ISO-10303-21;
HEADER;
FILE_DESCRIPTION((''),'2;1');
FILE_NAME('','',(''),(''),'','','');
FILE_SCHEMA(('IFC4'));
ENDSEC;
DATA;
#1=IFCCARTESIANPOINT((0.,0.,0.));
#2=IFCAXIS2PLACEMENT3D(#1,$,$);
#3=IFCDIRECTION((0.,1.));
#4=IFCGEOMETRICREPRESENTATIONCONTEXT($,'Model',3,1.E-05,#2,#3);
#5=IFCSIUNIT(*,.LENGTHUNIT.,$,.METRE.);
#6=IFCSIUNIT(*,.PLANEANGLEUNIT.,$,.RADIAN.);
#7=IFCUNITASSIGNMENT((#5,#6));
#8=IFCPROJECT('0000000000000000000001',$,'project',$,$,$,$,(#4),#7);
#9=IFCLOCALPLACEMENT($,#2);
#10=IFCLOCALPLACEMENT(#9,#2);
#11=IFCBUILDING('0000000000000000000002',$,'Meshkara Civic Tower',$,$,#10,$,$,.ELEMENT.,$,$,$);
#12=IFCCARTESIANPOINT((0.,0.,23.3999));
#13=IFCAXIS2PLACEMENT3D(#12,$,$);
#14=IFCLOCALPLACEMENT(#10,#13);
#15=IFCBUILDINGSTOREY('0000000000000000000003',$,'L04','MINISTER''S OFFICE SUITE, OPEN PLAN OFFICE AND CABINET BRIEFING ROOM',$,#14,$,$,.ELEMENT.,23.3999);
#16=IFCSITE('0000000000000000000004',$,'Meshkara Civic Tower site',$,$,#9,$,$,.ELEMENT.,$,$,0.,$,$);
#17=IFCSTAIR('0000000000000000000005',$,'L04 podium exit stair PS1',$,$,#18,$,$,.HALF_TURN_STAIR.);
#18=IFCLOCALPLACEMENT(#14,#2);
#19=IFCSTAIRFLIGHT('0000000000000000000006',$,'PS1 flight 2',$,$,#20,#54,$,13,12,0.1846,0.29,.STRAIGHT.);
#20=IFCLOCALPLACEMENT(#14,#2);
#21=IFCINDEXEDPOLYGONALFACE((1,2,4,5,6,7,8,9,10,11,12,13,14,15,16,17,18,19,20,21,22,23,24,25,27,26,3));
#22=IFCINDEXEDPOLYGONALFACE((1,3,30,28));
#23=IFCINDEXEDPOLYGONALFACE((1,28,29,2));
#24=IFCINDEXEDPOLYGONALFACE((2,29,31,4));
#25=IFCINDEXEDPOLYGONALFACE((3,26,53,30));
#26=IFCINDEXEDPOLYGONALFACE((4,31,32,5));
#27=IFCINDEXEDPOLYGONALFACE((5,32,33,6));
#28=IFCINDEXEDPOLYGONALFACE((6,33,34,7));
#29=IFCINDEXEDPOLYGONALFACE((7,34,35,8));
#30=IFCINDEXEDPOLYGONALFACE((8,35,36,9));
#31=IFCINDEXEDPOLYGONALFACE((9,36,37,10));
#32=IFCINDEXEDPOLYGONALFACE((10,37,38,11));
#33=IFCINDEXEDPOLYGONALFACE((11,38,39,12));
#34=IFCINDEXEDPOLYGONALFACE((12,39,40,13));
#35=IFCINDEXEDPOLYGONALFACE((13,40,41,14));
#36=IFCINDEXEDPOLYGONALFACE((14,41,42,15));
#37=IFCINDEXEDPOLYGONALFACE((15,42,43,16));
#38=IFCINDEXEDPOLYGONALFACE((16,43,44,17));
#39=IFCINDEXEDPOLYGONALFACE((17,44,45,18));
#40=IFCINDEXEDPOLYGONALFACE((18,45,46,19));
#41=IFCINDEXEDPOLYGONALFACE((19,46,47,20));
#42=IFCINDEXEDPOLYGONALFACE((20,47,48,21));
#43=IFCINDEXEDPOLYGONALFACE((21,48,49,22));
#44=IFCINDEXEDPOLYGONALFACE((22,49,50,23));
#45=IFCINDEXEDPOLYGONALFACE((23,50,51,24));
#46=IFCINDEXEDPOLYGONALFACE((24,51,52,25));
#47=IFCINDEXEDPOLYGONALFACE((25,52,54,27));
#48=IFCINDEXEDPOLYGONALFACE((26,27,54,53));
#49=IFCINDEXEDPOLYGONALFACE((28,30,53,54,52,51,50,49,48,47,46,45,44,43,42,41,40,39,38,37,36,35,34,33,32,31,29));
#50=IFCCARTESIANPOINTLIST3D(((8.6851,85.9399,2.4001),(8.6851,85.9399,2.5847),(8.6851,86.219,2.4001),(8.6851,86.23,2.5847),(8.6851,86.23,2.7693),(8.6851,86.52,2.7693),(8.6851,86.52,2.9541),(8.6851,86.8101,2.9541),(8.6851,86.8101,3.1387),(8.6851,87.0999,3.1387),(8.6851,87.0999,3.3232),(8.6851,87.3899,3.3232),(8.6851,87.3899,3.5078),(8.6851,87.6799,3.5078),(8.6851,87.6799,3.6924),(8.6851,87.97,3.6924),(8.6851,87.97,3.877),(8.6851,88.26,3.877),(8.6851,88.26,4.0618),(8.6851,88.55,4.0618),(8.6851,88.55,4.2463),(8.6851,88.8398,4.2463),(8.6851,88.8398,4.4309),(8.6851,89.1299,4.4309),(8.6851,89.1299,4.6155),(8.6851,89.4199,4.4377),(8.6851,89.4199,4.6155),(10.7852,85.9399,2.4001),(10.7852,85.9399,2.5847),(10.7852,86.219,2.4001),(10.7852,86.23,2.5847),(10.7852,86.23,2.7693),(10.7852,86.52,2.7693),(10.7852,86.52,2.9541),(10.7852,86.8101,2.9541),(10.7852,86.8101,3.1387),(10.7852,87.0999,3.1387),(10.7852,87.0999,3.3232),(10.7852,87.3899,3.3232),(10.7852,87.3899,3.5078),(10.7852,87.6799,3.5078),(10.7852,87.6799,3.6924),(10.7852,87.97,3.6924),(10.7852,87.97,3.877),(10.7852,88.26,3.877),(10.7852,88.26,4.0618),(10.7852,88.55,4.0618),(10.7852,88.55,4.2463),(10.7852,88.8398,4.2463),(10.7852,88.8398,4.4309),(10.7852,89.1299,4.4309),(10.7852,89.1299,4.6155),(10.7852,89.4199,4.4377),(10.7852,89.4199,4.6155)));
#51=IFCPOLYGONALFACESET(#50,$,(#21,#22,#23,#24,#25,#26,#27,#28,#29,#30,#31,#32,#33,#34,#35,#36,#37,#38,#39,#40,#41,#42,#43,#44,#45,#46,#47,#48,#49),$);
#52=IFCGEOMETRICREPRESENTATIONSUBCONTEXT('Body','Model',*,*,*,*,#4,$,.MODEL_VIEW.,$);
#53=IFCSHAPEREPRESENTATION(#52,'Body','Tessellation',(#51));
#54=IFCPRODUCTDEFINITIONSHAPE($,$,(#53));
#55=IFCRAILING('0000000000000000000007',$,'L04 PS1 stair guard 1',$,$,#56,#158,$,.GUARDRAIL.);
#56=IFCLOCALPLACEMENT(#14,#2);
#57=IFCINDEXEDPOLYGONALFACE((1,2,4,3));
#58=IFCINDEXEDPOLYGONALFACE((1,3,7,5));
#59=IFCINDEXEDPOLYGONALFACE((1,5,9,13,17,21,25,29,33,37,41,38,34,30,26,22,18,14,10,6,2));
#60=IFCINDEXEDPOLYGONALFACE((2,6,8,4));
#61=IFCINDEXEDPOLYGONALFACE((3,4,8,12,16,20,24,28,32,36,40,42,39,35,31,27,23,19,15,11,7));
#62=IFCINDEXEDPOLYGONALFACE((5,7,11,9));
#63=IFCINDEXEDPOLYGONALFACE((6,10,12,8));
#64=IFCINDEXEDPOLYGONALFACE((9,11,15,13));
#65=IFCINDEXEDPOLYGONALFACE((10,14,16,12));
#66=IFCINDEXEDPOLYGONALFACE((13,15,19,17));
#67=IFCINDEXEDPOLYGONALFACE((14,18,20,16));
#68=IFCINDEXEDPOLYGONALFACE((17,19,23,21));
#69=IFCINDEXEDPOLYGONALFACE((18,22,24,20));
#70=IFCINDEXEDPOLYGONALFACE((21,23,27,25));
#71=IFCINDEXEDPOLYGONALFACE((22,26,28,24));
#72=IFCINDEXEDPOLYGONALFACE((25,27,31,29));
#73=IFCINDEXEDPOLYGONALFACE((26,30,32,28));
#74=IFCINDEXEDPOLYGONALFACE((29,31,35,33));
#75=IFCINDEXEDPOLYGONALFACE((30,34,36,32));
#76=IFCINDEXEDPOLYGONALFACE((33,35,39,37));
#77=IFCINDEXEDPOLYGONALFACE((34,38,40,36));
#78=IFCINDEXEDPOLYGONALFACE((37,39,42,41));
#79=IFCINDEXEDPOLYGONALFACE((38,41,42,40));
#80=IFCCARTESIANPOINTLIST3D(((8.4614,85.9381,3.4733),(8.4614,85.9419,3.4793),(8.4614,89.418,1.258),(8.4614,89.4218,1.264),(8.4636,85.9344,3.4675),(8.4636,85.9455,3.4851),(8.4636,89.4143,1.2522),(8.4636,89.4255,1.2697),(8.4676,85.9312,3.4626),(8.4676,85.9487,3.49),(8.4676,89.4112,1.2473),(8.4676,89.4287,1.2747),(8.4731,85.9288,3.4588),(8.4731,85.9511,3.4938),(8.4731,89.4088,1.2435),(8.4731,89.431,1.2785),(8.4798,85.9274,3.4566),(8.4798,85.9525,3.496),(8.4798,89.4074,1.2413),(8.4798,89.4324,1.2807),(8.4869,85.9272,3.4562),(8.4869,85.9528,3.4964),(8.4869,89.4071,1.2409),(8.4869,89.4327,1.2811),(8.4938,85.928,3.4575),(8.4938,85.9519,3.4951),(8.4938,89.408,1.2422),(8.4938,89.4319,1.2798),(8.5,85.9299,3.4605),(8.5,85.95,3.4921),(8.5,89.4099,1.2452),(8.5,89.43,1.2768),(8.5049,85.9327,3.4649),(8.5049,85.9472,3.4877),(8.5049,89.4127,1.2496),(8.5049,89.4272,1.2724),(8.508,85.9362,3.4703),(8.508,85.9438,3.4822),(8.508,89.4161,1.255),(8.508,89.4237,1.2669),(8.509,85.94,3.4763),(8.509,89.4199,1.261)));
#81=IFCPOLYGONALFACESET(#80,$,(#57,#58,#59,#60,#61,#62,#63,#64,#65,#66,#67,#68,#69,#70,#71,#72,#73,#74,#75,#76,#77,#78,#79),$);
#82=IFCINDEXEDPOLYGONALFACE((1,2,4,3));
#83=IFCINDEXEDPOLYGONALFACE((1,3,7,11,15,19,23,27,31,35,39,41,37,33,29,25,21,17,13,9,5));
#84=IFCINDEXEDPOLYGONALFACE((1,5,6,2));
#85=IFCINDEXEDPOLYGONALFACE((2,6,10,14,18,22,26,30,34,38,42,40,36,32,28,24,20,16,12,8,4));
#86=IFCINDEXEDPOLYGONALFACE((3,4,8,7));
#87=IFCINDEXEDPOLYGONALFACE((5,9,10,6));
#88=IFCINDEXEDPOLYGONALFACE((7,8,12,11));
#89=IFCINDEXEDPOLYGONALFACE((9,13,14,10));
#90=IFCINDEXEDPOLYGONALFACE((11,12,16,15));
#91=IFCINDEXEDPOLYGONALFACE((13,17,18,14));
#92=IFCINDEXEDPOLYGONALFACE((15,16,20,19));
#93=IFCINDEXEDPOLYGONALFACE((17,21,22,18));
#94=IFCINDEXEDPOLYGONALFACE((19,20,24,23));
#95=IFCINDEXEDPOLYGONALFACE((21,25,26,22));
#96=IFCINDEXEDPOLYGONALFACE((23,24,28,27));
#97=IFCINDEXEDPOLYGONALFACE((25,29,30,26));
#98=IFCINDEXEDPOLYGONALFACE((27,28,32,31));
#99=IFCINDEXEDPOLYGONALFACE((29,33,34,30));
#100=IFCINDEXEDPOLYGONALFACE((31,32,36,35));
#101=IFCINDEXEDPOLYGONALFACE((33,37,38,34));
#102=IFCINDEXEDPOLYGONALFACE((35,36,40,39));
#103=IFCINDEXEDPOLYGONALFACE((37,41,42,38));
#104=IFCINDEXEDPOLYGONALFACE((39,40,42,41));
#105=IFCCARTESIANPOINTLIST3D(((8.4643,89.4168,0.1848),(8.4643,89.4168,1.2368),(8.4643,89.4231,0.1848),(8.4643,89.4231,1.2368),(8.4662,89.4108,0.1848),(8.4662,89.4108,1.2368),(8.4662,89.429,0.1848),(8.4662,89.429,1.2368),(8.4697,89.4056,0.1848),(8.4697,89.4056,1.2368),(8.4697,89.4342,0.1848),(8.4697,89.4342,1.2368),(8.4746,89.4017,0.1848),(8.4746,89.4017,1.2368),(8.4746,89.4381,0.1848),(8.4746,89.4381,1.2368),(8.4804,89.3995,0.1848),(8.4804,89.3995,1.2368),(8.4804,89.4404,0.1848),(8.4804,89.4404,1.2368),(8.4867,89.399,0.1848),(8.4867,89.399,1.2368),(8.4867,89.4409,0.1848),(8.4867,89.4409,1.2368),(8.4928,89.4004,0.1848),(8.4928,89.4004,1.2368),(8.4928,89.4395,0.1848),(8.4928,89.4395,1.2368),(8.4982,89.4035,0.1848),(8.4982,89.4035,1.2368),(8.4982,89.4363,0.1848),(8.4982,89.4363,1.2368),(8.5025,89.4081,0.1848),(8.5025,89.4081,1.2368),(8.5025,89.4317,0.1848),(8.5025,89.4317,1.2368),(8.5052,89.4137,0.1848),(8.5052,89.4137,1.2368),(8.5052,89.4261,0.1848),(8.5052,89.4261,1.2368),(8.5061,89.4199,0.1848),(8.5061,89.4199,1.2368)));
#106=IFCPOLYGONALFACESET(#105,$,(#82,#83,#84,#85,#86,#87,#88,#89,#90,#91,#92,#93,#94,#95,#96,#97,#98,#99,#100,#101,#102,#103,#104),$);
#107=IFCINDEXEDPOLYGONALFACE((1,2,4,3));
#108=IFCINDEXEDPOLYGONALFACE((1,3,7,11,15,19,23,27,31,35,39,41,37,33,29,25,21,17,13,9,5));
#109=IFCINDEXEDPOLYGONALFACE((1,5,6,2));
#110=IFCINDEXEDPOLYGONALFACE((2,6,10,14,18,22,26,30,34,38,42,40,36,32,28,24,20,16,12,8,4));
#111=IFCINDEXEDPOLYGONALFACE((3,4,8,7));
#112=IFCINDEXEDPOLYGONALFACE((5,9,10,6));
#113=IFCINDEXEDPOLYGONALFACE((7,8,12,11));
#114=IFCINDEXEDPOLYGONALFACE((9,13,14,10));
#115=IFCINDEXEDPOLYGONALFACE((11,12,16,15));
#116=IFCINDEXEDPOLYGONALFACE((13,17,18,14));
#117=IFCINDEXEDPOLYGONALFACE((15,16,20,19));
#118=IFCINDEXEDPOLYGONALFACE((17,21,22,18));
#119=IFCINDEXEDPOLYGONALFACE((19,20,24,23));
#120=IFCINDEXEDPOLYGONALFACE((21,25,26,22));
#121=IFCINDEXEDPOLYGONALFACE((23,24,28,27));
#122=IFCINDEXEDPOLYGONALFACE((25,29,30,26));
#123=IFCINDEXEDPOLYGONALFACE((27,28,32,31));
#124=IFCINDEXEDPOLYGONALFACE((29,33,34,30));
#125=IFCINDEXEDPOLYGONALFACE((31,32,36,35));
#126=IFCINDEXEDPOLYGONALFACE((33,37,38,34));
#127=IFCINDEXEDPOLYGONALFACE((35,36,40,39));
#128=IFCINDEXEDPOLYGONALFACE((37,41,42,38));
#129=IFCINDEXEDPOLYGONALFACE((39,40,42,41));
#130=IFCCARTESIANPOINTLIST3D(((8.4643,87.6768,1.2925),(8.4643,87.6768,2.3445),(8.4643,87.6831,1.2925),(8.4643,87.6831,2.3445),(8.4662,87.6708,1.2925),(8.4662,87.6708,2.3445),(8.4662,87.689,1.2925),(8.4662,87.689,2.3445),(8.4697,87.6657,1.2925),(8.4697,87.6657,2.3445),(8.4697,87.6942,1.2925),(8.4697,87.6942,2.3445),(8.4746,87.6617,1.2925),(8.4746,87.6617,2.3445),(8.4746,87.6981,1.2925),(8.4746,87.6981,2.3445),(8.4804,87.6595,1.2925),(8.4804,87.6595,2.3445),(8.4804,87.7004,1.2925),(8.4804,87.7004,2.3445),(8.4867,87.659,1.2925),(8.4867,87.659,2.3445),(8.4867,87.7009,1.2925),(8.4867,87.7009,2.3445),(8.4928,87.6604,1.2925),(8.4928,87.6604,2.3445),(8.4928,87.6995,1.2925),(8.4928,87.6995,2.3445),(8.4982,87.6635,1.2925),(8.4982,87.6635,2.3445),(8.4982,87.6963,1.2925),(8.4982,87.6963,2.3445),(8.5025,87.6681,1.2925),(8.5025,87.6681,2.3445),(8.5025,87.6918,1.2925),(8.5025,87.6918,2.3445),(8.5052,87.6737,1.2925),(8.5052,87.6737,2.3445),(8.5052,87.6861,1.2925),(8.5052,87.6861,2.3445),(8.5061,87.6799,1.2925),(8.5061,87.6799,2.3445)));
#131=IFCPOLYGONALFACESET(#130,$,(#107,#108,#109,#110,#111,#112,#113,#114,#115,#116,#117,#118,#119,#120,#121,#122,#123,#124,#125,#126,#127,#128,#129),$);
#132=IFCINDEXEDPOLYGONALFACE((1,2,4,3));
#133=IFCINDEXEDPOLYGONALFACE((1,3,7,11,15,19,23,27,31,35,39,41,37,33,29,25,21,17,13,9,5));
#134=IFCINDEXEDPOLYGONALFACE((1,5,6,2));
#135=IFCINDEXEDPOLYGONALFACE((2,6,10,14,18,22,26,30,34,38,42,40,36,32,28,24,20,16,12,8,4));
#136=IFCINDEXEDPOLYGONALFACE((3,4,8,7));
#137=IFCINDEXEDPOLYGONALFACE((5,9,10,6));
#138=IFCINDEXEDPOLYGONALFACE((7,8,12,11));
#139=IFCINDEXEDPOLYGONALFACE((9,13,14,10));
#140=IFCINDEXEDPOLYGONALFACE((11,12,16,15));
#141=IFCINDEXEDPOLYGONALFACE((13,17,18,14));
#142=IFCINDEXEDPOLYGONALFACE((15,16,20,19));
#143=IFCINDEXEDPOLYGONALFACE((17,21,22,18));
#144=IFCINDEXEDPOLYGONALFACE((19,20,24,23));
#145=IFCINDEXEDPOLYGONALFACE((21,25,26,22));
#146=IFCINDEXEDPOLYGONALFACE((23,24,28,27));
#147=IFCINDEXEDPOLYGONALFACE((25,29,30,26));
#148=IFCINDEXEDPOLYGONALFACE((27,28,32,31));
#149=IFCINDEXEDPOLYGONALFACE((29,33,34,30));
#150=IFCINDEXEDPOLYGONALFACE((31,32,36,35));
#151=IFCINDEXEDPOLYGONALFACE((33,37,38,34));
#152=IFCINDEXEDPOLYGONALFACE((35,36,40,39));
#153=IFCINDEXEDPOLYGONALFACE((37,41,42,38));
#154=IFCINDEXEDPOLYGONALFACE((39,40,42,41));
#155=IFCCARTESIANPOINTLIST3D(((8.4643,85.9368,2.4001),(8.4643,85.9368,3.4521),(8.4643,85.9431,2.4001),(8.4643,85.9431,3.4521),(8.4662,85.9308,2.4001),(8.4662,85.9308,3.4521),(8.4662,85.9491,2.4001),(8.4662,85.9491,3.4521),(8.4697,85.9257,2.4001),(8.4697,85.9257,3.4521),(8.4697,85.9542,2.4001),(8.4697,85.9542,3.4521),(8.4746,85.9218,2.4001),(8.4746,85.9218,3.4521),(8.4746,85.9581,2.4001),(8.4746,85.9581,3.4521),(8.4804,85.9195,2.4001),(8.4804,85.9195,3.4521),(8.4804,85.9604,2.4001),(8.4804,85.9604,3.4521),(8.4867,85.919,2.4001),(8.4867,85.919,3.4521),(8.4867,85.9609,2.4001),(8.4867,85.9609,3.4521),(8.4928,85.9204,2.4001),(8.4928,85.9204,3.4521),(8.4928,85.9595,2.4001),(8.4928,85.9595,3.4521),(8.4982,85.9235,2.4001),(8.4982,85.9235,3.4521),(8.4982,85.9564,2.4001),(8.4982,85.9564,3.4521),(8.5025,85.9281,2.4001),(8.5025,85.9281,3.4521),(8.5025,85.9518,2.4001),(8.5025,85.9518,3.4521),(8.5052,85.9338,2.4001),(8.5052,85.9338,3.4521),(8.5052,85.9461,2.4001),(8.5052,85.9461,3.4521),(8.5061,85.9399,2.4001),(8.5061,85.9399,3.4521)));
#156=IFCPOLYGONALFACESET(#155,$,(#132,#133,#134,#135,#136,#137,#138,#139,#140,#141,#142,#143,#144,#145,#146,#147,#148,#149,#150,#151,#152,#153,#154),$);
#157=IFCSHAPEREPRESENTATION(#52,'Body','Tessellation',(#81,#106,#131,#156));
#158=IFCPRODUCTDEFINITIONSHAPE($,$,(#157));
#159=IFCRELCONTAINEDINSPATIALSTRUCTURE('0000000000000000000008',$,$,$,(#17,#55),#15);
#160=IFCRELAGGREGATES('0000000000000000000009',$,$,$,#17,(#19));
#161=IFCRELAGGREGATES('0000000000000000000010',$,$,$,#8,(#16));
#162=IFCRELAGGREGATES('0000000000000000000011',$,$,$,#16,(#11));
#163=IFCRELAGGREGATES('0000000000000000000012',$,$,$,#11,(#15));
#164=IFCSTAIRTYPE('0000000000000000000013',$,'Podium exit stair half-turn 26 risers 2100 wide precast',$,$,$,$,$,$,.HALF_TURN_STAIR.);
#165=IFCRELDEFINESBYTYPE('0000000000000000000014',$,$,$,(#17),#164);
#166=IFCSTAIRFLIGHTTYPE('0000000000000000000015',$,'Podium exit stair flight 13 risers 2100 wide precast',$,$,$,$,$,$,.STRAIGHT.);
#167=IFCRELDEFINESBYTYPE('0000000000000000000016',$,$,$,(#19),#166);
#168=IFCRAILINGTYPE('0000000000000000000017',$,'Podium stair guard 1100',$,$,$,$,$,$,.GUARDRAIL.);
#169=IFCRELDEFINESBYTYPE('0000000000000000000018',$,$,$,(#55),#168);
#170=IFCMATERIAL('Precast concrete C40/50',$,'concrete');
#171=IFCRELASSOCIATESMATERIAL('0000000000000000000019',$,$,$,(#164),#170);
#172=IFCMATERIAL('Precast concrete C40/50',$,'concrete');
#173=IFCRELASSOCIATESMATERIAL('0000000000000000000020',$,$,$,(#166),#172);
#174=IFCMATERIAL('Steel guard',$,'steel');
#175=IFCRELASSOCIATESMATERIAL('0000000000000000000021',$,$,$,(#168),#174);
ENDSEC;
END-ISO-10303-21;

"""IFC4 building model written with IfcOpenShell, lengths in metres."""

from ifc_helpers import new_model, si_unit, direction, frame, origin, origin_2d, place, context, subcontext, project, spatial, polyline, circle, outline, extrude, material, type_object, element, aggregate, save


model = new_model("IFC4")

# Units and contexts
model_context = context("Model", 3, precision=1e-05, world=origin(), true_north=direction((0.0, 1.0)))
body_context = subcontext(model_context, "Body", "Model", "MODEL_VIEW")
ifc_project = project(units=[si_unit("LENGTHUNIT", "METRE"), si_unit("PLANEANGLEUNIT", "RADIAN")], contexts=[model_context])

# Site, building, storey
site_placement = place(None, origin())
site = spatial("IfcSite", under=ifc_project, at=site_placement, Name="Meshkara Civic Tower site", CompositionType="ELEMENT", RefElevation=0.0)
building_placement = place(site_placement, origin())
building = spatial("IfcBuilding", under=site, at=building_placement, Name="Meshkara Civic Tower", CompositionType="ELEMENT")
storey_placement = place(building_placement, frame((0.0, 0.0, 23.3999)))
storey = spatial("IfcBuildingStorey", under=building, at=storey_placement, Name="L04", Description="MINISTER'S OFFICE SUITE, OPEN PLAN OFFICE AND CABINET BRIEFING ROOM", CompositionType="ELEMENT", Elevation=23.3999)

# Stair, stair flight
ifc_material_1 = material(Name="Precast concrete C40/50", Category="concrete")
stair_type = type_object("IfcStairType", Name="Podium exit stair half-turn 26 risers 2100 wide precast", PredefinedType="HALF_TURN_STAIR", material=ifc_material_1)
stair_placement = place(storey_placement, origin())
stair = element("IfcStair", 1, at=stair_placement, inside=storey, type_object=stair_type, Name="L04 podium exit stair PS1", PredefinedType="HALF_TURN_STAIR")
ifc_material_2 = material(Name="Precast concrete C40/50", Category="concrete")
stair_flight_type = type_object("IfcStairFlightType", Name="Podium exit stair flight 13 risers 2100 wide precast", PredefinedType="STRAIGHT", material=ifc_material_2)
stair_flight_1_placement = place(storey_placement, frame((9.7351, 85.9399, 2.4001), z_axis=(0.0, 0.0, 1.0), x_axis=(0.0, 1.0, 0.0)))
stair_flight_1 = element("IfcStairFlight", 2, at=stair_flight_1_placement, type_object=stair_flight_type, Name="PS1 flight 2", NumberOfRisers=13, NumberOfTreads=12, PredefinedType="STRAIGHT", RiserHeight=0.1846, TreadLength=0.29, context=body_context, shape_type="SweptSolid", body=[
    extrude(outline(polyline([(0.0, 0.0), (0.0, 0.1846), (0.29, 0.1846), (0.29, 0.3691), (0.5801, 0.3691), (0.5801, 0.554), (0.8701, 0.554), (0.8701, 0.7385), (1.1599, 0.7385), (1.1599, 0.9231), (1.45, 0.9231), (1.45, 1.1077), (1.74, 1.1077), (1.74, 1.2922), (2.03, 1.2922), (2.03, 1.4768), (2.3201, 1.4768), (2.3201, 1.6616), (2.6101, 1.6616), (2.6101, 1.8462), (2.8999, 1.8462), (2.8999, 2.0308), (3.1899, 2.0308), (3.1899, 2.2153), (3.48, 2.2153), (3.48, 2.3999), (3.48, 2.0376), (0.2791, 0.0), (0.0, 0.0)])), frame((0.0, 1.05, 0.0), z_axis=(0.0, -1.0, 0.0), x_axis=(1.0, 0.0, 0.0)), (0.0, 0.0, 1.0), 2.1001),
])
aggregate(stair, [stair_flight_1])

# Railing
ifc_material_3 = material(Name="Steel guard", Category="steel")
railing_type_1 = type_object("IfcRailingType", Name="Podium stair guard 1100", PredefinedType="GUARDRAIL", material=ifc_material_3)
railing_1_placement = place(storey_placement, frame((8.4851, 89.4199, 0.1848)))
element("IfcRailing", 3, at=railing_1_placement, inside=storey, type_object=railing_type_1, Name="L04 PS1 stair guard 1", PredefinedType="GUARDRAIL", context=body_context, shape_type="SweptSolid", body=[
    extrude(circle(Radius=0.0239, at=origin_2d()), frame((0.0, 0.0, 1.0762), z_axis=(0.0, -0.843574, 0.537013), x_axis=(1.0, 0.0, 0.0)), (0.0, 0.0, 1.0), 4.1252),
    extrude(circle(Radius=0.021, at=origin_2d()), origin(), (0.0, 0.0, 1.0), 1.052),
    extrude(circle(Radius=0.021, at=origin_2d()), frame((0.0, -1.74, 1.1077)), (0.0, 0.0, 1.0), 1.052),
    extrude(circle(Radius=0.021, at=origin_2d()), frame((0.0, -3.48, 2.2153)), (0.0, 0.0, 1.0), 1.052),
])

save(model, "model.ifc")
